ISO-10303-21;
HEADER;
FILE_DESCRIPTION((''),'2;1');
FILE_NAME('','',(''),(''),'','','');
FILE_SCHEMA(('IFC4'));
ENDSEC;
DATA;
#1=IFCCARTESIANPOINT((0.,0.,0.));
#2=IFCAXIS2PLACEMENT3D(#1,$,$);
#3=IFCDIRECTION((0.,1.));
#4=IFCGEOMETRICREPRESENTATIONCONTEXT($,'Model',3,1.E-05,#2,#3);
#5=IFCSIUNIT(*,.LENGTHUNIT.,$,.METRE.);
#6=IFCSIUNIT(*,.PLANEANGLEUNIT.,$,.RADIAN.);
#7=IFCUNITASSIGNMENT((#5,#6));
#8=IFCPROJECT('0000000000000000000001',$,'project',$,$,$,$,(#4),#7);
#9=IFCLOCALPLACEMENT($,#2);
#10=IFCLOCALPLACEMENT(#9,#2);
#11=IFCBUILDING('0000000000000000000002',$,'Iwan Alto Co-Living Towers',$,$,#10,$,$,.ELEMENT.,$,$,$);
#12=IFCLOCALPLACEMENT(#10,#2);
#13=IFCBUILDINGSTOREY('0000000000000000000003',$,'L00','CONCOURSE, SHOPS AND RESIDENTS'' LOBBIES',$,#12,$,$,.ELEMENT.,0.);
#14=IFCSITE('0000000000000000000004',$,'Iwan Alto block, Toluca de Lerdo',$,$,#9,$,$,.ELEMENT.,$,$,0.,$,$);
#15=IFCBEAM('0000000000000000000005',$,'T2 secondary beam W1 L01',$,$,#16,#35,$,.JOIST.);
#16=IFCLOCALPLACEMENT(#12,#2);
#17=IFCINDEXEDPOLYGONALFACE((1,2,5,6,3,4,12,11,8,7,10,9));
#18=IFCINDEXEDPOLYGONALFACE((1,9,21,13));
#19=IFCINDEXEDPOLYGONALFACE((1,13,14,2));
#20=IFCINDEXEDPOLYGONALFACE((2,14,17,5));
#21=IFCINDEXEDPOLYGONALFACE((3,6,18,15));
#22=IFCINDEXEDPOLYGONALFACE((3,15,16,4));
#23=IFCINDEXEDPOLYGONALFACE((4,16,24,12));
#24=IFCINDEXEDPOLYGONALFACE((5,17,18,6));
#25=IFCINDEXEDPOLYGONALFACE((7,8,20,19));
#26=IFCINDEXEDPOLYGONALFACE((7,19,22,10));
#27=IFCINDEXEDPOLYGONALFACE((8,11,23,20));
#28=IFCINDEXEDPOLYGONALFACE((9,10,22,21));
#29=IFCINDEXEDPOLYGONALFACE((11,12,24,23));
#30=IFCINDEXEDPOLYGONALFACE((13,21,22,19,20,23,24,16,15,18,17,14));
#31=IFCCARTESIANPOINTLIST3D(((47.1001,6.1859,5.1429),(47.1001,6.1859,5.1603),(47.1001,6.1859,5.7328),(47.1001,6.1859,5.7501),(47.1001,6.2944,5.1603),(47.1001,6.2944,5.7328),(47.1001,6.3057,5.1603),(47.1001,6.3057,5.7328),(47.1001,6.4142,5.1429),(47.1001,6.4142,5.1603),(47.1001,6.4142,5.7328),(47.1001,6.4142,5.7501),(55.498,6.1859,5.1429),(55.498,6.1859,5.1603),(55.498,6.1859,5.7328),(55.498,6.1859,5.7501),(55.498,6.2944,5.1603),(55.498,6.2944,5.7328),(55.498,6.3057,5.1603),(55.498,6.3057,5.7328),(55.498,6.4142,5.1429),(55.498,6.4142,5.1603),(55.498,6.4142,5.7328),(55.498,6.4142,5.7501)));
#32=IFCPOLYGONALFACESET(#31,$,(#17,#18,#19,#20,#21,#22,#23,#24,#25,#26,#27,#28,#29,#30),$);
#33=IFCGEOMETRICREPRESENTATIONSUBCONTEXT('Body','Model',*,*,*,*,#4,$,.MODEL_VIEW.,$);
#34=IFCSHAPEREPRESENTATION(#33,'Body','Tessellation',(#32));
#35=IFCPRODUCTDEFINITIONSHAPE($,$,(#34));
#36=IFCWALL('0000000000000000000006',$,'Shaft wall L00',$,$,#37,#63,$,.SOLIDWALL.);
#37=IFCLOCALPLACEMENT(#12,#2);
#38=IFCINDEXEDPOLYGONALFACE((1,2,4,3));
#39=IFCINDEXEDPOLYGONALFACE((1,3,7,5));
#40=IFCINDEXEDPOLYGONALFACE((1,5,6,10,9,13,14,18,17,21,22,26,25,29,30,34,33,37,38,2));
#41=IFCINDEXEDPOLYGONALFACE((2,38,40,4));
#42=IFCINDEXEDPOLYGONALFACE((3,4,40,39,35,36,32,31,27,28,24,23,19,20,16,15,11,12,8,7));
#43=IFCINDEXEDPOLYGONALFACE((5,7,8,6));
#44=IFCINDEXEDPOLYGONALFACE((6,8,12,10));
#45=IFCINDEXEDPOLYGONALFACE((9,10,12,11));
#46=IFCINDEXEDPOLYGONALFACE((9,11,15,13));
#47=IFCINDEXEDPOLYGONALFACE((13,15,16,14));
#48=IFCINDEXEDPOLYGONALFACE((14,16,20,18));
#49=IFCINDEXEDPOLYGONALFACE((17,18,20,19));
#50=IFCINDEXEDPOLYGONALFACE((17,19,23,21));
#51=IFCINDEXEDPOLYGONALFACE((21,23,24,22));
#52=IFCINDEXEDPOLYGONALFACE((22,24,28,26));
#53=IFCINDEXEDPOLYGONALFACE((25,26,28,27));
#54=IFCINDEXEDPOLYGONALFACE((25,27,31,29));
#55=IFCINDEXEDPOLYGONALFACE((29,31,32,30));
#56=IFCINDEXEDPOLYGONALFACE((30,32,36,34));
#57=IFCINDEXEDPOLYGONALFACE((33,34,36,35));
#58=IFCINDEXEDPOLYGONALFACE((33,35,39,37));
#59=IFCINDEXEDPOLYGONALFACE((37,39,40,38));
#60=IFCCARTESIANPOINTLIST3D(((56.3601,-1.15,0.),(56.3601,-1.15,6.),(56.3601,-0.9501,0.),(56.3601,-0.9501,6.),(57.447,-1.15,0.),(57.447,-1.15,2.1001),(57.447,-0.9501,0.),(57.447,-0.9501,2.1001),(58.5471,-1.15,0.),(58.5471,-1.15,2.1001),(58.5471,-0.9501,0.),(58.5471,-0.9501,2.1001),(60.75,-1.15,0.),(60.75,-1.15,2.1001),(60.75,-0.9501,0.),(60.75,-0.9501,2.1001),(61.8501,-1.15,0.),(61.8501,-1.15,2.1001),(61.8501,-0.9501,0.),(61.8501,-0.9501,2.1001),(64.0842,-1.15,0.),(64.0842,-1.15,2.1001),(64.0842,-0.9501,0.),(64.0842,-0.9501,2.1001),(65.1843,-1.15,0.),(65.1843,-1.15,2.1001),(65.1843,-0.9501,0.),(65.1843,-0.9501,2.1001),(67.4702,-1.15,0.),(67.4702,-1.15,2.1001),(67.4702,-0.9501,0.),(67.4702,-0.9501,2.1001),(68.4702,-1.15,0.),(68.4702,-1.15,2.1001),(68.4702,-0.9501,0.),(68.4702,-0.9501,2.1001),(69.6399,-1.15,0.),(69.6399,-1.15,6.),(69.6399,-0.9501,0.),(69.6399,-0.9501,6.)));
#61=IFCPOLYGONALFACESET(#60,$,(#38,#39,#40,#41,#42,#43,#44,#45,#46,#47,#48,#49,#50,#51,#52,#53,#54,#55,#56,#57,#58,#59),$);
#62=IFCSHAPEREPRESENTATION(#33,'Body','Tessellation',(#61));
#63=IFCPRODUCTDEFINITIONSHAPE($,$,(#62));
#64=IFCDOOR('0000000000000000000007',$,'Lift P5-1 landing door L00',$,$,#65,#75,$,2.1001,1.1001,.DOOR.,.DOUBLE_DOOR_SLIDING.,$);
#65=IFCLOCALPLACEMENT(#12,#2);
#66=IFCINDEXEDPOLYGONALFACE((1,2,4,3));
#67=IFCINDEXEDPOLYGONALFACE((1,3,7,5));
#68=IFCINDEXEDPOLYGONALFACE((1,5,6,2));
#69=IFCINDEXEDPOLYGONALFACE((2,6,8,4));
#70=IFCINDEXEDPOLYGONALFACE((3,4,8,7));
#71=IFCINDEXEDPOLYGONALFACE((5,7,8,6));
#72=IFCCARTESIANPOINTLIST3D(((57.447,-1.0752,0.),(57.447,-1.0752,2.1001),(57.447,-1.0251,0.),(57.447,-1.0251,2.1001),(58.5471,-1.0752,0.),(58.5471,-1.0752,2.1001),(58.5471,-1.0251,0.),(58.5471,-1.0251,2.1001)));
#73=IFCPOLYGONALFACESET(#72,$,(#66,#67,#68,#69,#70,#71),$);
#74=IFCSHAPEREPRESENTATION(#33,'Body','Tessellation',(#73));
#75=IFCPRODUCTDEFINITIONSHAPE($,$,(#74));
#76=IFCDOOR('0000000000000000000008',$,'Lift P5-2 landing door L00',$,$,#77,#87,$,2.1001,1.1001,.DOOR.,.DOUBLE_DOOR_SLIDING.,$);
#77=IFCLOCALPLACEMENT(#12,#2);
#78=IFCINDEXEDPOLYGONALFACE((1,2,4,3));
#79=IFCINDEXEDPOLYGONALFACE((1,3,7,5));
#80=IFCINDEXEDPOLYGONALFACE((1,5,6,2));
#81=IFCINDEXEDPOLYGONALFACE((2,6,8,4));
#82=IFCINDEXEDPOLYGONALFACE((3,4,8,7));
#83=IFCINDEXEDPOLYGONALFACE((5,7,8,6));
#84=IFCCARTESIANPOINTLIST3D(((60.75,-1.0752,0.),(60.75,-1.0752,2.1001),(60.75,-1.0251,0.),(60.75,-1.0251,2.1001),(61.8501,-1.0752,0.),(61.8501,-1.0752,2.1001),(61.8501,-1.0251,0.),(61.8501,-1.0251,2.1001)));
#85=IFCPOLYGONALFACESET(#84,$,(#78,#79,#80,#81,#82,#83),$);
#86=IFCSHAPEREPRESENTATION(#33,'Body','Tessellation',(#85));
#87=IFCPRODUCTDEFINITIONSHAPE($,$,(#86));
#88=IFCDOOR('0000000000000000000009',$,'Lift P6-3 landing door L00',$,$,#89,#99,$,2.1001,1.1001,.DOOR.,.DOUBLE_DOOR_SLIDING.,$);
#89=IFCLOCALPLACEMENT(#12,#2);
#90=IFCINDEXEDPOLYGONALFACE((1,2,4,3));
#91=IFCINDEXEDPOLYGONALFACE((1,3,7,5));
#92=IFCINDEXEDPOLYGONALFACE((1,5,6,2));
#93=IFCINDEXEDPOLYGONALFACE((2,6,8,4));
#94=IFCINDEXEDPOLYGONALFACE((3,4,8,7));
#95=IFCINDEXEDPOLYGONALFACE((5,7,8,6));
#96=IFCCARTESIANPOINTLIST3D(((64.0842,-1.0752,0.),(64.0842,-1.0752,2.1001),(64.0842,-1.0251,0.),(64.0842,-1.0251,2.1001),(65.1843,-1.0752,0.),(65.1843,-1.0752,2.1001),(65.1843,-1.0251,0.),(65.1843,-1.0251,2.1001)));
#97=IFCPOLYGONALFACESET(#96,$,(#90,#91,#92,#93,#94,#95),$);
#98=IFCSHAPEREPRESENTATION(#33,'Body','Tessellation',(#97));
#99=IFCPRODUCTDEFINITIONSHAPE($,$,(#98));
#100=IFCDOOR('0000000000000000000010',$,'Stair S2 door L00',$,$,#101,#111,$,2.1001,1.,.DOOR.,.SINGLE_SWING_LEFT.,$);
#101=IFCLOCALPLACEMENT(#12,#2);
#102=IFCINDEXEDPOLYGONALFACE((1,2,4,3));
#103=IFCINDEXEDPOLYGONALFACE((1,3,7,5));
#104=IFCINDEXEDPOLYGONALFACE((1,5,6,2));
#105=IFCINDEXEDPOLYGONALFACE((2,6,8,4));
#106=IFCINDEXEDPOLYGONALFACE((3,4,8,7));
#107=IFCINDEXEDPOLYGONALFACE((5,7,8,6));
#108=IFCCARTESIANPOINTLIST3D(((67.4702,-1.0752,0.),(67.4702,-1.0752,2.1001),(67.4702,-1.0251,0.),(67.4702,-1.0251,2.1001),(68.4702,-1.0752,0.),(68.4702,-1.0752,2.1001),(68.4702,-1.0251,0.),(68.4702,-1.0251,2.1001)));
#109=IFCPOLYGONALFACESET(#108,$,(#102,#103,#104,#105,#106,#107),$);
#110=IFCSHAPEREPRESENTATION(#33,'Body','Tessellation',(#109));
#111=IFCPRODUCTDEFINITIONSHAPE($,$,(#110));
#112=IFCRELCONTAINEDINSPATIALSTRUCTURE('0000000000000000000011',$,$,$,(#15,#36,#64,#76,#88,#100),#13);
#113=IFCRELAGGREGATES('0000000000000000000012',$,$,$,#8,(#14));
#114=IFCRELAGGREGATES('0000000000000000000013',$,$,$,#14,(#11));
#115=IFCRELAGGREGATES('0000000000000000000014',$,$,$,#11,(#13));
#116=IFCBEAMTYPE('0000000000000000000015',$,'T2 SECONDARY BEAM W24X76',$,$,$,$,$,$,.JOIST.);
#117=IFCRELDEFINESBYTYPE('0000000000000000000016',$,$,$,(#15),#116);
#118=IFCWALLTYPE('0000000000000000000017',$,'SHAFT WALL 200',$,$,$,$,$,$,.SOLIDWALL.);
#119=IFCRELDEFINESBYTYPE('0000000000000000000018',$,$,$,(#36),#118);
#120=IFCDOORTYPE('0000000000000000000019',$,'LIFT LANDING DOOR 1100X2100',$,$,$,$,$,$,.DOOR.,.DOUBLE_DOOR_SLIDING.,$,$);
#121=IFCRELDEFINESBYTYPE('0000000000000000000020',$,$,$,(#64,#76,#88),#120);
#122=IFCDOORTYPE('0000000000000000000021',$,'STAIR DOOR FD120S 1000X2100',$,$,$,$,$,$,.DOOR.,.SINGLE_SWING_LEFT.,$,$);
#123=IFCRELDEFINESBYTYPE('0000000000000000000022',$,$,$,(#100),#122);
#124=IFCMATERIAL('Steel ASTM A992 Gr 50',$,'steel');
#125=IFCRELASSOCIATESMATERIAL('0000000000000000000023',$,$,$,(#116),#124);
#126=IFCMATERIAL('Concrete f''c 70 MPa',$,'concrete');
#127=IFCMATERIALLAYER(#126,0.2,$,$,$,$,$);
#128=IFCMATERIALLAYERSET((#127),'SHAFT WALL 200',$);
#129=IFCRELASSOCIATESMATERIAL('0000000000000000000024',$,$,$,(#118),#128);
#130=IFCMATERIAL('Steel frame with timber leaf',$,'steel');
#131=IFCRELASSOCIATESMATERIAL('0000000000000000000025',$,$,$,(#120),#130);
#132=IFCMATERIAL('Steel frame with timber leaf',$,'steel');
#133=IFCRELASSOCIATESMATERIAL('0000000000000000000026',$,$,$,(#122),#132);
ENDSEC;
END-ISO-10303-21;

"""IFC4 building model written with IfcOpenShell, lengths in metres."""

from ifc_helpers import new_model, si_unit, direction, frame, frame_2d, origin, origin_2d, place, context, subcontext, project, spatial, rectangle, i_section, extrude, material, layer, layer_set, material_profile, profile_set, type_object, element, fill, save


model = new_model("IFC4")

# Units and contexts
model_context = context("Model", 3, precision=1e-05, world=origin(), true_north=direction((0.0, 1.0)))
body_context = subcontext(model_context, "Body", "Model", "MODEL_VIEW")
ifc_project = project(units=[si_unit("LENGTHUNIT", "METRE"), si_unit("PLANEANGLEUNIT", "RADIAN")], contexts=[model_context])

# Site, building, storey
site_placement = place(None, origin())
site = spatial("IfcSite", under=ifc_project, at=site_placement, Name="Iwan Alto block, Toluca de Lerdo", CompositionType="ELEMENT", RefElevation=0.0)
building_placement = place(site_placement, origin())
building = spatial("IfcBuilding", under=site, at=building_placement, Name="Iwan Alto Co-Living Towers", CompositionType="ELEMENT")
storey_placement = place(building_placement, origin())
storey = spatial("IfcBuildingStorey", under=building, at=storey_placement, Name="L00", Description="CONCOURSE, SHOPS AND RESIDENTS' LOBBIES", CompositionType="ELEMENT", Elevation=0.0)

# Beam
ifc_material_1 = material(Name="Steel ASTM A992 Gr 50", Category="steel")
ifc_material_profile_1 = material_profile(ifc_material_1, i_section(OverallWidth=0.2283, OverallDepth=0.6072, WebThickness=0.0112, FlangeThickness=0.0173, at=origin_2d()), Name="W24X76")
ifc_profile_set_1 = profile_set([ifc_material_profile_1], Name="Steel ASTM A992 Gr 50")
beam_type = type_object("IfcBeamType", Name="T2 SECONDARY BEAM W24X76", PredefinedType="JOIST", material=ifc_profile_set_1)
beam_placement = place(storey_placement, frame((47.1001, 6.3, 5.4465), z_axis=(1.0, 0.0, 0.0), x_axis=(0.0, 1.0, 0.0)))
element("IfcBeam", 1, at=beam_placement, inside=storey, type_object=beam_type, Name="T2 secondary beam W1 L01", PredefinedType="JOIST", context=body_context, shape_type="SweptSolid", body=[
    extrude(i_section(OverallWidth=0.2283, OverallDepth=0.6072, WebThickness=0.0112, FlangeThickness=0.0173, at=origin_2d()), origin(), (0.0, 0.0, 1.0), 8.3979),
])

# Wall, openings, doors
ifc_material_2 = material(Name="Concrete f'c 70 MPa", Category="concrete")
ifc_layer = layer(ifc_material_2, 0.2)
ifc_layer_set = layer_set([ifc_layer], Name="SHAFT WALL 200")
wall_type = type_object("IfcWallType", Name="SHAFT WALL 200", PredefinedType="SOLIDWALL", material=ifc_layer_set)
wall_1_placement = place(storey_placement, frame((56.3601, -1.05, 0.0), z_axis=(0.0, 0.0, 1.0), x_axis=(1.0, 0.0, 0.0)))
wall_1 = element("IfcWall", 2, at=wall_1_placement, inside=storey, type_object=wall_type, Name="Shaft wall L00", PredefinedType="SOLIDWALL", context=body_context, shape_type="SweptSolid", body=[
    extrude(rectangle(XDim=13.2798, YDim=0.2, at=frame_2d((6.6399, 0.0))), origin(), (0.0, 0.0, 1.0), 6.0),
])
opening_1_placement = place(wall_1_placement, frame((11.1101, 0.0, 0.0)))
opening_1 = element("IfcOpeningElement", 3, at=opening_1_placement, cuts=wall_1, PredefinedType="OPENING", context=body_context, shape_type="SweptSolid", body=[
    extrude(rectangle(XDim=1.0, YDim=2.1001, at=frame_2d((0.5, 1.05))), frame((0.0, 0.1099, 0.0), z_axis=(0.0, -1.0, 0.0), x_axis=(1.0, 0.0, 0.0)), (0.0, 0.0, 1.0), 0.22),
])
opening_2_placement = place(wall_1_placement, frame((1.0869, 0.0, 0.0)))
opening_2 = element("IfcOpeningElement", 4, at=opening_2_placement, cuts=wall_1, PredefinedType="OPENING", context=body_context, shape_type="SweptSolid", body=[
    extrude(rectangle(XDim=1.1001, YDim=2.1001, at=frame_2d((0.55, 1.05))), frame((0.0, 0.1099, 0.0), z_axis=(0.0, -1.0, 0.0), x_axis=(1.0, 0.0, 0.0)), (0.0, 0.0, 1.0), 0.22),
])
opening_3_placement = place(wall_1_placement, frame((4.3899, 0.0, 0.0)))
opening_3 = element("IfcOpeningElement", 5, at=opening_3_placement, cuts=wall_1, PredefinedType="OPENING", context=body_context, shape_type="SweptSolid", body=[
    extrude(rectangle(XDim=1.1001, YDim=2.1001, at=frame_2d((0.55, 1.05))), frame((0.0, 0.1099, 0.0), z_axis=(0.0, -1.0, 0.0), x_axis=(1.0, 0.0, 0.0)), (0.0, 0.0, 1.0), 0.22),
])
opening_4_placement = place(wall_1_placement, frame((7.7241, 0.0, 0.0)))
opening_4 = element("IfcOpeningElement", 6, at=opening_4_placement, cuts=wall_1, PredefinedType="OPENING", context=body_context, shape_type="SweptSolid", body=[
    extrude(rectangle(XDim=1.1001, YDim=2.1001, at=frame_2d((0.55, 1.05))), frame((0.0, 0.1099, 0.0), z_axis=(0.0, -1.0, 0.0), x_axis=(1.0, 0.0, 0.0)), (0.0, 0.0, 1.0), 0.22),
])
ifc_material_3 = material(Name="Steel frame with timber leaf", Category="steel")
door_type_1 = type_object("IfcDoorType", Name="LIFT LANDING DOOR 1100X2100", OperationType="DOUBLE_DOOR_SLIDING", PredefinedType="DOOR", material=ifc_material_3)
door_1_placement = place(opening_2_placement, origin())
door_1 = element("IfcDoor", 7, at=door_1_placement, inside=storey, type_object=door_type_1, Name="Lift P5-1 landing door L00", OperationType="DOUBLE_DOOR_SLIDING", OverallHeight=2.1001, OverallWidth=1.1001, PredefinedType="DOOR", context=body_context, shape_type="SweptSolid", body=[
    extrude(rectangle(XDim=1.1001, YDim=2.1001, at=frame_2d((0.55, 1.05))), frame((0.0, 0.0249, 0.0), z_axis=(0.0, -1.0, 0.0), x_axis=(1.0, 0.0, 0.0)), (0.0, 0.0, 1.0), 0.05),
])
fill(opening_2, door_1)
door_2_placement = place(opening_3_placement, origin())
door_2 = element("IfcDoor", 8, at=door_2_placement, inside=storey, type_object=door_type_1, Name="Lift P5-2 landing door L00", OperationType="DOUBLE_DOOR_SLIDING", OverallHeight=2.1001, OverallWidth=1.1001, PredefinedType="DOOR", context=body_context, shape_type="SweptSolid", body=[
    extrude(rectangle(XDim=1.1001, YDim=2.1001, at=frame_2d((0.55, 1.05))), frame((0.0, 0.0249, 0.0), z_axis=(0.0, -1.0, 0.0), x_axis=(1.0, 0.0, 0.0)), (0.0, 0.0, 1.0), 0.05),
])
fill(opening_3, door_2)
door_3_placement = place(opening_4_placement, origin())
door_3 = element("IfcDoor", 9, at=door_3_placement, inside=storey, type_object=door_type_1, Name="Lift P6-3 landing door L00", OperationType="DOUBLE_DOOR_SLIDING", OverallHeight=2.1001, OverallWidth=1.1001, PredefinedType="DOOR", context=body_context, shape_type="SweptSolid", body=[
    extrude(rectangle(XDim=1.1001, YDim=2.1001, at=frame_2d((0.55, 1.05))), frame((0.0, 0.0249, 0.0), z_axis=(0.0, -1.0, 0.0), x_axis=(1.0, 0.0, 0.0)), (0.0, 0.0, 1.0), 0.05),
])
fill(opening_4, door_3)
ifc_material_4 = material(Name="Steel frame with timber leaf", Category="steel")
door_type_2 = type_object("IfcDoorType", Name="STAIR DOOR FD120S 1000X2100", OperationType="SINGLE_SWING_LEFT", PredefinedType="DOOR", material=ifc_material_4)
door_4_placement = place(opening_1_placement, origin())
door_4 = element("IfcDoor", 10, at=door_4_placement, inside=storey, type_object=door_type_2, Name="Stair S2 door L00", OperationType="SINGLE_SWING_LEFT", OverallHeight=2.1001, OverallWidth=1.0, PredefinedType="DOOR", context=body_context, shape_type="SweptSolid", body=[
    extrude(rectangle(XDim=1.0, YDim=2.1001, at=frame_2d((0.5, 1.05))), frame((0.0, 0.0249, 0.0), z_axis=(0.0, -1.0, 0.0), x_axis=(1.0, 0.0, 0.0)), (0.0, 0.0, 1.0), 0.05),
])
fill(opening_1, door_4)

save(model, "model.ifc")
